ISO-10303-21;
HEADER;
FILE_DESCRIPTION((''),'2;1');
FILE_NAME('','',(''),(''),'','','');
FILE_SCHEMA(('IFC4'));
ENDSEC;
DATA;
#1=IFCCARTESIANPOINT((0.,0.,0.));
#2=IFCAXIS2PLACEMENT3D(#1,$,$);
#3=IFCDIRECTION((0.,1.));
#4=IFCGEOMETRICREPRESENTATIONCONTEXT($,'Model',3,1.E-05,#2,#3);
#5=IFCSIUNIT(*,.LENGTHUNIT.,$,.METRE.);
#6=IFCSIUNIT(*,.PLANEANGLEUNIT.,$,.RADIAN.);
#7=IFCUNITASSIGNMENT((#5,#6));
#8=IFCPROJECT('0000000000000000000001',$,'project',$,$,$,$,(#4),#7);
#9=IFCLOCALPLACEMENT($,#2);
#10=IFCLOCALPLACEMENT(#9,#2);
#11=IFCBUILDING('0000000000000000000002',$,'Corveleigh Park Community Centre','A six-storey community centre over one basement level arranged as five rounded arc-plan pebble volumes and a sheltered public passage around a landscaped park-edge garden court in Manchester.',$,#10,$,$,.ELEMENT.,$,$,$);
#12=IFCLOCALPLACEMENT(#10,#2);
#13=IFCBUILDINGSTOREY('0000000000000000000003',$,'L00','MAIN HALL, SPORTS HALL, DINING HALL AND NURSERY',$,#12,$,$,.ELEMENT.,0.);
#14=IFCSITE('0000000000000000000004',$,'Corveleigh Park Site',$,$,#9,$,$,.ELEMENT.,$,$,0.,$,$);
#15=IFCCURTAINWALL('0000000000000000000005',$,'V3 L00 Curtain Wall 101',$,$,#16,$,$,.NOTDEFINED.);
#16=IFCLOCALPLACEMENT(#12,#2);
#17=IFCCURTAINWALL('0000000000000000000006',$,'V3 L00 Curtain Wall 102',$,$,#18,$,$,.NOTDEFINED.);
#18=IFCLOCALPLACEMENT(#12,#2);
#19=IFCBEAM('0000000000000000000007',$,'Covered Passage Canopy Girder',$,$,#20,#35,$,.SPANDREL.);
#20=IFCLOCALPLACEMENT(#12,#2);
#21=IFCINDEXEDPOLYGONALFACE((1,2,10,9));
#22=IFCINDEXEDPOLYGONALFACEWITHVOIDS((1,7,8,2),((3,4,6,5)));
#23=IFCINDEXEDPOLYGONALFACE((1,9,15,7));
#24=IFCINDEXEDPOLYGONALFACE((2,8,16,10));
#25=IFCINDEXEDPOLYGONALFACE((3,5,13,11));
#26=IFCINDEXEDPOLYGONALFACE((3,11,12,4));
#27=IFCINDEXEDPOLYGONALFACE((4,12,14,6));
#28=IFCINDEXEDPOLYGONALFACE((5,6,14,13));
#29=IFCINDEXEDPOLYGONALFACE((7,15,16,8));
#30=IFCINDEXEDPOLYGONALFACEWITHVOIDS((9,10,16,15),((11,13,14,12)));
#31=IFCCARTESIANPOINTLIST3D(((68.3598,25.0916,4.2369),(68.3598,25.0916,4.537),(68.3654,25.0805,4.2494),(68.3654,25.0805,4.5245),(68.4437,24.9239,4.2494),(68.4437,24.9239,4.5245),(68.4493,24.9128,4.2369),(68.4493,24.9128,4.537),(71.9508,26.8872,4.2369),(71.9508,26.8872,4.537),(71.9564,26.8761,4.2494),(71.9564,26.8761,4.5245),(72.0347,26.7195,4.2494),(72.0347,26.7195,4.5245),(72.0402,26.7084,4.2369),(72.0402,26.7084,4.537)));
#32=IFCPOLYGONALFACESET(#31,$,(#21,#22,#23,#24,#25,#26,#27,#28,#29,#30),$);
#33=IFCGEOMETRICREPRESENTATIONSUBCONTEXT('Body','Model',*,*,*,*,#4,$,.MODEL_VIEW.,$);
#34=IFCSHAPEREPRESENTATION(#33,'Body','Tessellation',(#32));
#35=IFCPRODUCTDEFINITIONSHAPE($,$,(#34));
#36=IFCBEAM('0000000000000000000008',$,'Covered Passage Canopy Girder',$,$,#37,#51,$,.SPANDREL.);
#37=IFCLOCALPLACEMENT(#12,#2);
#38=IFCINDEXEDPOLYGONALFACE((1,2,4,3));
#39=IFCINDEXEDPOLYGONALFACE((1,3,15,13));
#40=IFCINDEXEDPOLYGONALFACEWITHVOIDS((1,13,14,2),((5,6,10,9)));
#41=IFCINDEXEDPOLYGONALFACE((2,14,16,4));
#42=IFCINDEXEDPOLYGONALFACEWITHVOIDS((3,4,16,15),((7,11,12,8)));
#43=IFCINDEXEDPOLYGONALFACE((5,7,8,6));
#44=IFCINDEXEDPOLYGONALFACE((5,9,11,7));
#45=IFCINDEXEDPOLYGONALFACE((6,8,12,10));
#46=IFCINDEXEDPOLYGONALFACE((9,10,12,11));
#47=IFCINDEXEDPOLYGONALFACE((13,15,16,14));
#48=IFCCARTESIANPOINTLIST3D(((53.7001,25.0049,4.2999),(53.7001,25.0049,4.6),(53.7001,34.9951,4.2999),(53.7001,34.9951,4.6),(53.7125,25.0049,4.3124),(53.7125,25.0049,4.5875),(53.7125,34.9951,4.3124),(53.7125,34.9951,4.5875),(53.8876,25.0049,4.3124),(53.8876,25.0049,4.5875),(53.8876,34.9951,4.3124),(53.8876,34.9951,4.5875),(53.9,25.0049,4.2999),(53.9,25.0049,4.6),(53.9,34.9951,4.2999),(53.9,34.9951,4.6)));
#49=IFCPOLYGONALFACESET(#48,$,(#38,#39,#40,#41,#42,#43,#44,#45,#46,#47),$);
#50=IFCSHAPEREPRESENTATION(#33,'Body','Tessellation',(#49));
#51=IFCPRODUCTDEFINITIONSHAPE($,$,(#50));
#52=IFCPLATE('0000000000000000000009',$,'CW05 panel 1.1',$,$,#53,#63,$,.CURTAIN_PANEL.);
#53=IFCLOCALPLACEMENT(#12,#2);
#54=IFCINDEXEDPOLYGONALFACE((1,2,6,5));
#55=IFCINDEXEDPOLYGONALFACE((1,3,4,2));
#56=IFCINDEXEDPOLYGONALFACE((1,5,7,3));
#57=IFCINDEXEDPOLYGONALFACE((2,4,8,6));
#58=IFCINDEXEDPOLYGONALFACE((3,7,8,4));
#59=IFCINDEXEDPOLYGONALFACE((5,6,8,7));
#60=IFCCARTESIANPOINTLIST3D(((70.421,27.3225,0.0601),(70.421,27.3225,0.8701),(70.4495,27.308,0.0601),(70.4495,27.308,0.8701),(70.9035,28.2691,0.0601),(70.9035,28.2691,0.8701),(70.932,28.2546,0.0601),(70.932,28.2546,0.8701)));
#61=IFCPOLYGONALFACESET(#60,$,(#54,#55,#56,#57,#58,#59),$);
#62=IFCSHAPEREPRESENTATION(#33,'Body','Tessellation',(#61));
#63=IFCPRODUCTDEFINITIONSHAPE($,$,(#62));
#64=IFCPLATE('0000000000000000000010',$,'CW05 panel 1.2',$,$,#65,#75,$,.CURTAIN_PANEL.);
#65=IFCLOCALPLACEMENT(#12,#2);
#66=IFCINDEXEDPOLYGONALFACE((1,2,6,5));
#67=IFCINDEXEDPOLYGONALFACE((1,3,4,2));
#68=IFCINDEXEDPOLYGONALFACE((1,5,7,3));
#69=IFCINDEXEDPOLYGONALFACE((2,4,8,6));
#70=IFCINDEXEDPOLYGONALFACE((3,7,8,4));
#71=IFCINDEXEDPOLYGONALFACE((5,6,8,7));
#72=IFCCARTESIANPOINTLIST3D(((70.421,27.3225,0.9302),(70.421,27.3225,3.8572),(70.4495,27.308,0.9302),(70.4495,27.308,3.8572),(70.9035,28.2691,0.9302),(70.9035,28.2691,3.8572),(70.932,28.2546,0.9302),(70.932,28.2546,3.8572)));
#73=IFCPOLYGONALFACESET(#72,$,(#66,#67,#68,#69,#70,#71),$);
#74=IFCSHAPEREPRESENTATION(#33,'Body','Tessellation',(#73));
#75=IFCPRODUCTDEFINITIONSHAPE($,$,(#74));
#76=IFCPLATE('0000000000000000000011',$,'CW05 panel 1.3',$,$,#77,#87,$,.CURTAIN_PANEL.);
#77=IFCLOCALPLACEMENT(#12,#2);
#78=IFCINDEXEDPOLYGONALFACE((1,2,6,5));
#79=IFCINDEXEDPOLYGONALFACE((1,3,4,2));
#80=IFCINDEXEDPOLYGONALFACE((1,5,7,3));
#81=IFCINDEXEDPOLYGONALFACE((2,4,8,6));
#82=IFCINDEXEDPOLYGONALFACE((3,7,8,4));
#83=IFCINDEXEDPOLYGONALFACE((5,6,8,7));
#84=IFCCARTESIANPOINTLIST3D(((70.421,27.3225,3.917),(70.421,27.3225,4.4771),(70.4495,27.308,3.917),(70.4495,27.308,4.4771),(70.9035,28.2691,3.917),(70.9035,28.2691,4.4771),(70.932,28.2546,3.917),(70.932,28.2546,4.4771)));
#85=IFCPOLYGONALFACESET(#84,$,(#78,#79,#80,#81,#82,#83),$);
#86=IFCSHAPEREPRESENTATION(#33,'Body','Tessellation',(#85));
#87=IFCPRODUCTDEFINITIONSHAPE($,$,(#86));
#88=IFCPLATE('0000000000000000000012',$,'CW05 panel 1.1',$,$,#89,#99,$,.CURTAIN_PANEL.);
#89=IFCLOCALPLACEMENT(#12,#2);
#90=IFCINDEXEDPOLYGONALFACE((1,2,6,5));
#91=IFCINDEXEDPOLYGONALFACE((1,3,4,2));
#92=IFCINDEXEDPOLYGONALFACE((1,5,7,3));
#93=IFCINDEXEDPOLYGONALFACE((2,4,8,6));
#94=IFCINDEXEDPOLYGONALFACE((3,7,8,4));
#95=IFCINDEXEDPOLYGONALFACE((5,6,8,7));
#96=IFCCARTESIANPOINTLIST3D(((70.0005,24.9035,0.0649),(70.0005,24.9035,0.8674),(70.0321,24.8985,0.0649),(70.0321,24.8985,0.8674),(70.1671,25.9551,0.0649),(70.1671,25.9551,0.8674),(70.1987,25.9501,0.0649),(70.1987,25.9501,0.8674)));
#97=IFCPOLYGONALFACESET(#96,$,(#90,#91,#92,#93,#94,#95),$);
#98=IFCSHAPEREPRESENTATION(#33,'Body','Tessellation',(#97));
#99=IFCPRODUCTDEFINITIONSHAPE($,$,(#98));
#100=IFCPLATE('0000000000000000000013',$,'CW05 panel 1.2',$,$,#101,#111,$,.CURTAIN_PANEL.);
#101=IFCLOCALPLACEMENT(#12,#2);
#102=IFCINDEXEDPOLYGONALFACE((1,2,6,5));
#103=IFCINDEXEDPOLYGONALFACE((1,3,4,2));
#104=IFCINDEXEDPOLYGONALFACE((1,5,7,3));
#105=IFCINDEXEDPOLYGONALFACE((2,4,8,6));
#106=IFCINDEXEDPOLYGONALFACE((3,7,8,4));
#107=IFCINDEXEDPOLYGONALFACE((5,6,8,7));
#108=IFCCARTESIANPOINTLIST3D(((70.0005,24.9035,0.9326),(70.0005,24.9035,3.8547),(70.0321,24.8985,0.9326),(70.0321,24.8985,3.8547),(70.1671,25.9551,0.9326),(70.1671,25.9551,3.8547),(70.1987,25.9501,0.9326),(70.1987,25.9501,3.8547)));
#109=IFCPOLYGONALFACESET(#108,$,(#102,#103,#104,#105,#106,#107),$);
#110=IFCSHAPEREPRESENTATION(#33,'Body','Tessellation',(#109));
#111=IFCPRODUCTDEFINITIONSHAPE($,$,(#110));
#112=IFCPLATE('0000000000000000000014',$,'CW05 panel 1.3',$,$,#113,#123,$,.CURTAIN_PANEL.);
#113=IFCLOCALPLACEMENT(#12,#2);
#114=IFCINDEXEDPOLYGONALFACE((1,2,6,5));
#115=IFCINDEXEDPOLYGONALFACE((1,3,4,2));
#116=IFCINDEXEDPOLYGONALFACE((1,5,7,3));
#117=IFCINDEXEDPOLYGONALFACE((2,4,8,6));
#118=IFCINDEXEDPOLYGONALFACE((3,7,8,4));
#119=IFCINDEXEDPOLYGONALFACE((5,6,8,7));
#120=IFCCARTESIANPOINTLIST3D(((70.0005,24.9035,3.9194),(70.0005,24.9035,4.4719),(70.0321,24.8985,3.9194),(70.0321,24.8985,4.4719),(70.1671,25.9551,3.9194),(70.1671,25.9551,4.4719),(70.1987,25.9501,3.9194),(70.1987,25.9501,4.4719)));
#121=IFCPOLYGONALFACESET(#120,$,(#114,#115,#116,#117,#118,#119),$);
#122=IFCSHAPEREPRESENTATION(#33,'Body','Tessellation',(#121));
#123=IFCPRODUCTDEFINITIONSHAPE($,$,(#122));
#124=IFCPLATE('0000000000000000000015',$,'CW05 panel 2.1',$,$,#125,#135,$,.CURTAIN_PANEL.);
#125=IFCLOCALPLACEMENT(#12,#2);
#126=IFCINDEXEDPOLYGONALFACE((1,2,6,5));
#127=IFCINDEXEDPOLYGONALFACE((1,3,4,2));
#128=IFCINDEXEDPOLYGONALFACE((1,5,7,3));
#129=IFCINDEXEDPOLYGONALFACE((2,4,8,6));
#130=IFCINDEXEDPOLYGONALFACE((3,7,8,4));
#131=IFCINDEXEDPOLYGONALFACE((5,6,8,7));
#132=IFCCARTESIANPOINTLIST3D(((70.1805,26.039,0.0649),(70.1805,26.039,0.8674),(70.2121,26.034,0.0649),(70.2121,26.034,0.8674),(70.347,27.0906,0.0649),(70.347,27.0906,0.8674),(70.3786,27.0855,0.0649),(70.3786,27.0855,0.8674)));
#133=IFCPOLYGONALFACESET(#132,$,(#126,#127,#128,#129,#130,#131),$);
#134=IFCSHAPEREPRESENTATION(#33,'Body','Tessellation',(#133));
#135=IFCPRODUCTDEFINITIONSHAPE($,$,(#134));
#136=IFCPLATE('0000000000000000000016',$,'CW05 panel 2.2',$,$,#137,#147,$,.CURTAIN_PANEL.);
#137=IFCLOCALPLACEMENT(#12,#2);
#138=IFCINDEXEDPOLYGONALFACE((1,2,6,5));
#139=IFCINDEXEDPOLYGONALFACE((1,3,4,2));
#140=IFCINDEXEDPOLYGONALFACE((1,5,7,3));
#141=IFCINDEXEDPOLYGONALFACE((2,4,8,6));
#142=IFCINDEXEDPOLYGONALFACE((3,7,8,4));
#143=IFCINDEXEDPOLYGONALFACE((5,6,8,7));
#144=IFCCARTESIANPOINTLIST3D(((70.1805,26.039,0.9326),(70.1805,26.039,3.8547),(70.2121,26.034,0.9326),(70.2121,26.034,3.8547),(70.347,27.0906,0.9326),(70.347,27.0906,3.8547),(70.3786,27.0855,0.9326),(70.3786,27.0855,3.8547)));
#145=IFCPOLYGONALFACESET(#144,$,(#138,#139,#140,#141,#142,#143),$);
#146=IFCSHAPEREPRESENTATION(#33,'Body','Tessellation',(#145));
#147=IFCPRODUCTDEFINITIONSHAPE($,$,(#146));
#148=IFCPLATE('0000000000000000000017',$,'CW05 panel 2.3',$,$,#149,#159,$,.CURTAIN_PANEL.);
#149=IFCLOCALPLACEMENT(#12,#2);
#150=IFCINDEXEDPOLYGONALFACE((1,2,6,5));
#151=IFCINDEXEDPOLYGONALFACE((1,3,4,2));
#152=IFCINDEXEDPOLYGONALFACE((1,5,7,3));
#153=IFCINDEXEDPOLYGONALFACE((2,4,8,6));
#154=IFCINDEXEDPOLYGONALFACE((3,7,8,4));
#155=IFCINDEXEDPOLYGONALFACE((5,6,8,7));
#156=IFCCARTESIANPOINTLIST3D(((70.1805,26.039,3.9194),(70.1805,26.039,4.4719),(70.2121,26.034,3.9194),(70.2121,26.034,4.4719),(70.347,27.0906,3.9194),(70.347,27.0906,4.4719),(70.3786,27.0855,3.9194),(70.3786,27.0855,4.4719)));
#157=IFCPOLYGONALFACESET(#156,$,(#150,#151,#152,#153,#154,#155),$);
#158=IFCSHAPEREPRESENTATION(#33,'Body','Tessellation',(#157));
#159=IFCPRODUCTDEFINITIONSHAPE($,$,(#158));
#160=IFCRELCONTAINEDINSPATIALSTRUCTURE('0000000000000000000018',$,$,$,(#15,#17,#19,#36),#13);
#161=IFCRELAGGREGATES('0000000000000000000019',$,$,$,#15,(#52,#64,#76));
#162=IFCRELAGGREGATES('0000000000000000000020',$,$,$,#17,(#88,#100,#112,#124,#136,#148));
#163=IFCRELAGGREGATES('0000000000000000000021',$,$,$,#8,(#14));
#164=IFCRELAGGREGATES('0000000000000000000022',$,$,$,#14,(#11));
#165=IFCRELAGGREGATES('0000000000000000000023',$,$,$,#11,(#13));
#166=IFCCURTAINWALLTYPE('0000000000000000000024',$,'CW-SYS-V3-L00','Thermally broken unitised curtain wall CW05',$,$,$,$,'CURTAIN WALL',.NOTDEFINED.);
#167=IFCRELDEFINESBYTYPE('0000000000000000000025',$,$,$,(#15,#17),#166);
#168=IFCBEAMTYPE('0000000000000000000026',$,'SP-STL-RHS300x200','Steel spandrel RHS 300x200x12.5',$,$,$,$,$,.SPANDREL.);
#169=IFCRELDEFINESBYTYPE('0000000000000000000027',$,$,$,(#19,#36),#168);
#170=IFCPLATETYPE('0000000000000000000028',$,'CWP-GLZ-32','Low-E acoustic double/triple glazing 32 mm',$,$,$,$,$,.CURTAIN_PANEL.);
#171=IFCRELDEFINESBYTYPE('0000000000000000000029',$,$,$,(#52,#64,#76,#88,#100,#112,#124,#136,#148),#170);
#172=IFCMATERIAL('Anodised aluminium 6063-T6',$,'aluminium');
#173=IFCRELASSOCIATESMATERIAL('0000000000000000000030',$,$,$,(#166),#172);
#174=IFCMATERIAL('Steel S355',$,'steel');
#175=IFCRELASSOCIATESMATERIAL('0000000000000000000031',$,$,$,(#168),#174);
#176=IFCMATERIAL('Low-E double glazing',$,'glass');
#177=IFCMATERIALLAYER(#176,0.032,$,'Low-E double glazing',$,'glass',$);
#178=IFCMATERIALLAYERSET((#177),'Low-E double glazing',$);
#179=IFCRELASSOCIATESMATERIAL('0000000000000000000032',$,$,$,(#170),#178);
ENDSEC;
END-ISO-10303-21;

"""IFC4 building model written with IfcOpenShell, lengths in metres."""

from ifc_helpers import new_model, si_unit, direction, frame, origin, origin_2d, place, context, subcontext, project, spatial, rectangle, hollow_rectangle, extrude, material, layer, layer_set, material_profile, profile_set, type_object, element, aggregate, save


model = new_model("IFC4")

# Units and contexts
model_context = context("Model", 3, precision=1e-05, world=origin(), true_north=direction((0.0, 1.0)))
body_context = subcontext(model_context, "Body", "Model", "MODEL_VIEW")
ifc_project = project(units=[si_unit("LENGTHUNIT", "METRE"), si_unit("PLANEANGLEUNIT", "RADIAN")], contexts=[model_context])

# Site, building, storey
site_placement = place(None, origin())
site = spatial("IfcSite", under=ifc_project, at=site_placement, Name="Corveleigh Park Site", CompositionType="ELEMENT", RefElevation=0.0)
building_placement = place(site_placement, origin())
building = spatial("IfcBuilding", under=site, at=building_placement, Name="Corveleigh Park Community Centre", Description="A six-storey community centre over one basement level arranged as five rounded arc-plan pebble volumes and a sheltered public passage around a landscaped park-edge garden court in Manchester.", CompositionType="ELEMENT")
storey_placement = place(building_placement, origin())
storey = spatial("IfcBuildingStorey", under=building, at=storey_placement, Name="L00", Description="MAIN HALL, SPORTS HALL, DINING HALL AND NURSERY", CompositionType="ELEMENT", Elevation=0.0)

# Shared definitions
ifc_material_1 = material(Name="Steel S355", Category="steel")

# Curtain wall
ifc_material_2 = material(Name="Anodised aluminium 6063-T6", Category="aluminium")
curtain_wall_type = type_object("IfcCurtainWallType", Name="CW-SYS-V3-L00", Description="Thermally broken unitised curtain wall CW05", ElementType="CURTAIN WALL", PredefinedType="NOTDEFINED", material=ifc_material_2)
curtain_wall_1_placement = place(storey_placement, origin())
curtain_wall_1 = element("IfcCurtainWall", 1, at=curtain_wall_1_placement, inside=storey, type_object=curtain_wall_type, Name="V3 L00 Curtain Wall 101", PredefinedType="NOTDEFINED")

# Curtain wall
curtain_wall_2_placement = place(storey_placement, origin())
curtain_wall_2 = element("IfcCurtainWall", 2, at=curtain_wall_2_placement, inside=storey, type_object=curtain_wall_type, Name="V3 L00 Curtain Wall 102", PredefinedType="NOTDEFINED")

# Beams
ifc_material_profile_1 = material_profile(ifc_material_1, hollow_rectangle(XDim=0.2, YDim=0.3, WallThickness=0.0125, at=origin_2d()), Name="RHS 300x200x12.5", Category="steel")
ifc_profile_set_1 = profile_set([ifc_material_profile_1], Name="Steel S355")
beam_type_1 = type_object("IfcBeamType", Name="SP-STL-RHS300x200", Description="Steel spandrel RHS 300x200x12.5", PredefinedType="SPANDREL", material=ifc_profile_set_1)
beam_1_placement = place(storey_placement, frame((68.4045, 25.0022, 4.387), z_axis=(0.894415, 0.447238, 0.0), x_axis=(-0.447238, 0.894415, 0.0)))
element("IfcBeam", 3, at=beam_1_placement, inside=storey, type_object=beam_type_1, Name="Covered Passage Canopy Girder", PredefinedType="SPANDREL", context=body_context, shape_type="SweptSolid", body=[
    extrude(hollow_rectangle(XDim=0.2, YDim=0.3, WallThickness=0.0125, at=origin_2d()), origin(), (0.0, 0.0, 1.0), 4.0149),
])
beam_2_placement = place(storey_placement, frame((53.8, 25.0049, 4.45), z_axis=(0.0, 1.0, 0.0), x_axis=(-1.0, 0.0, 0.0)))
element("IfcBeam", 4, at=beam_2_placement, inside=storey, type_object=beam_type_1, Name="Covered Passage Canopy Girder", PredefinedType="SPANDREL", context=body_context, shape_type="SweptSolid", body=[
    extrude(hollow_rectangle(XDim=0.2, YDim=0.3, WallThickness=0.0125, at=origin_2d()), origin(), (0.0, 0.0, 1.0), 9.9902),
])

# Plates
ifc_material_3 = material(Name="Low-E double glazing", Category="glass")
ifc_layer = layer(ifc_material_3, 0.032, Name="Low-E double glazing", Category="glass")
ifc_layer_set = layer_set([ifc_layer], Name="Low-E double glazing")
plate_type = type_object("IfcPlateType", Name="CWP-GLZ-32", Description="Low-E acoustic double/triple glazing 32 mm", PredefinedType="CURTAIN_PANEL", material=ifc_layer_set)
plate_1_placement = place(storey_placement, frame((70.6765, 27.7886, 0.0601), z_axis=(0.0, 0.0, 1.0), x_axis=(0.454135, 0.890933, 0.0)))
plate_1 = element("IfcPlate", 5, at=plate_1_placement, type_object=plate_type, Name="CW05 panel 1.1", PredefinedType="CURTAIN_PANEL", context=body_context, shape_type="SweptSolid", body=[
    extrude(rectangle(XDim=1.0625, YDim=0.032, at=origin_2d()), origin(), (0.0, 0.0, 1.0), 0.8101),
])
plate_2_placement = place(storey_placement, frame((70.6765, 27.7886, 0.9302), z_axis=(0.0, 0.0, 1.0), x_axis=(0.454135, 0.890933, 0.0)))
plate_2 = element("IfcPlate", 6, at=plate_2_placement, type_object=plate_type, Name="CW05 panel 1.2", PredefinedType="CURTAIN_PANEL", context=body_context, shape_type="SweptSolid", body=[
    extrude(rectangle(XDim=1.0625, YDim=0.032, at=origin_2d()), origin(), (0.0, 0.0, 1.0), 2.927),
])
plate_3_placement = place(storey_placement, frame((70.6765, 27.7886, 3.917), z_axis=(0.0, 0.0, 1.0), x_axis=(0.454135, 0.890933, 0.0)))
plate_3 = element("IfcPlate", 7, at=plate_3_placement, type_object=plate_type, Name="CW05 panel 1.3", PredefinedType="CURTAIN_PANEL", context=body_context, shape_type="SweptSolid", body=[
    extrude(rectangle(XDim=1.0625, YDim=0.032, at=origin_2d()), origin(), (0.0, 0.0, 1.0), 0.5601),
])
aggregate(curtain_wall_1, [plate_1, plate_2, plate_3])
plate_4_placement = place(storey_placement, frame((70.0996, 25.4268, 0.0649), z_axis=(0.0, 0.0, 1.0), x_axis=(0.156436, 0.987688, 0.0)))
plate_4 = element("IfcPlate", 8, at=plate_4_placement, type_object=plate_type, Name="CW05 panel 1.1", PredefinedType="CURTAIN_PANEL", context=body_context, shape_type="SweptSolid", body=[
    extrude(rectangle(XDim=1.0647, YDim=0.032, at=origin_2d()), origin(), (0.0, 0.0, 1.0), 0.8025),
])
plate_5_placement = place(storey_placement, frame((70.0996, 25.4268, 0.9326), z_axis=(0.0, 0.0, 1.0), x_axis=(0.156436, 0.987688, 0.0)))
plate_5 = element("IfcPlate", 9, at=plate_5_placement, type_object=plate_type, Name="CW05 panel 1.2", PredefinedType="CURTAIN_PANEL", context=body_context, shape_type="SweptSolid", body=[
    extrude(rectangle(XDim=1.0647, YDim=0.032, at=origin_2d()), origin(), (0.0, 0.0, 1.0), 2.9221),
])
plate_6_placement = place(storey_placement, frame((70.0996, 25.4268, 3.9194), z_axis=(0.0, 0.0, 1.0), x_axis=(0.156436, 0.987688, 0.0)))
plate_6 = element("IfcPlate", 10, at=plate_6_placement, type_object=plate_type, Name="CW05 panel 1.3", PredefinedType="CURTAIN_PANEL", context=body_context, shape_type="SweptSolid", body=[
    extrude(rectangle(XDim=1.0647, YDim=0.032, at=origin_2d()), origin(), (0.0, 0.0, 1.0), 0.5525),
])
plate_7_placement = place(storey_placement, frame((70.2795, 26.5623, 0.0649), z_axis=(0.0, 0.0, 1.0), x_axis=(0.156436, 0.987688, 0.0)))
plate_7 = element("IfcPlate", 11, at=plate_7_placement, type_object=plate_type, Name="CW05 panel 2.1", PredefinedType="CURTAIN_PANEL", context=body_context, shape_type="SweptSolid", body=[
    extrude(rectangle(XDim=1.0647, YDim=0.032, at=origin_2d()), origin(), (0.0, 0.0, 1.0), 0.8025),
])
plate_8_placement = place(storey_placement, frame((70.2795, 26.5623, 0.9326), z_axis=(0.0, 0.0, 1.0), x_axis=(0.156436, 0.987688, 0.0)))
plate_8 = element("IfcPlate", 12, at=plate_8_placement, type_object=plate_type, Name="CW05 panel 2.2", PredefinedType="CURTAIN_PANEL", context=body_context, shape_type="SweptSolid", body=[
    extrude(rectangle(XDim=1.0647, YDim=0.032, at=origin_2d()), origin(), (0.0, 0.0, 1.0), 2.9221),
])
plate_9_placement = place(storey_placement, frame((70.2795, 26.5623, 3.9194), z_axis=(0.0, 0.0, 1.0), x_axis=(0.156436, 0.987688, 0.0)))
plate_9 = element("IfcPlate", 13, at=plate_9_placement, type_object=plate_type, Name="CW05 panel 2.3", PredefinedType="CURTAIN_PANEL", context=body_context, shape_type="SweptSolid", body=[
    extrude(rectangle(XDim=1.0647, YDim=0.032, at=origin_2d()), origin(), (0.0, 0.0, 1.0), 0.5525),
])
aggregate(curtain_wall_2, [plate_4, plate_5, plate_6, plate_7, plate_8, plate_9])

save(model, "model.ifc")
